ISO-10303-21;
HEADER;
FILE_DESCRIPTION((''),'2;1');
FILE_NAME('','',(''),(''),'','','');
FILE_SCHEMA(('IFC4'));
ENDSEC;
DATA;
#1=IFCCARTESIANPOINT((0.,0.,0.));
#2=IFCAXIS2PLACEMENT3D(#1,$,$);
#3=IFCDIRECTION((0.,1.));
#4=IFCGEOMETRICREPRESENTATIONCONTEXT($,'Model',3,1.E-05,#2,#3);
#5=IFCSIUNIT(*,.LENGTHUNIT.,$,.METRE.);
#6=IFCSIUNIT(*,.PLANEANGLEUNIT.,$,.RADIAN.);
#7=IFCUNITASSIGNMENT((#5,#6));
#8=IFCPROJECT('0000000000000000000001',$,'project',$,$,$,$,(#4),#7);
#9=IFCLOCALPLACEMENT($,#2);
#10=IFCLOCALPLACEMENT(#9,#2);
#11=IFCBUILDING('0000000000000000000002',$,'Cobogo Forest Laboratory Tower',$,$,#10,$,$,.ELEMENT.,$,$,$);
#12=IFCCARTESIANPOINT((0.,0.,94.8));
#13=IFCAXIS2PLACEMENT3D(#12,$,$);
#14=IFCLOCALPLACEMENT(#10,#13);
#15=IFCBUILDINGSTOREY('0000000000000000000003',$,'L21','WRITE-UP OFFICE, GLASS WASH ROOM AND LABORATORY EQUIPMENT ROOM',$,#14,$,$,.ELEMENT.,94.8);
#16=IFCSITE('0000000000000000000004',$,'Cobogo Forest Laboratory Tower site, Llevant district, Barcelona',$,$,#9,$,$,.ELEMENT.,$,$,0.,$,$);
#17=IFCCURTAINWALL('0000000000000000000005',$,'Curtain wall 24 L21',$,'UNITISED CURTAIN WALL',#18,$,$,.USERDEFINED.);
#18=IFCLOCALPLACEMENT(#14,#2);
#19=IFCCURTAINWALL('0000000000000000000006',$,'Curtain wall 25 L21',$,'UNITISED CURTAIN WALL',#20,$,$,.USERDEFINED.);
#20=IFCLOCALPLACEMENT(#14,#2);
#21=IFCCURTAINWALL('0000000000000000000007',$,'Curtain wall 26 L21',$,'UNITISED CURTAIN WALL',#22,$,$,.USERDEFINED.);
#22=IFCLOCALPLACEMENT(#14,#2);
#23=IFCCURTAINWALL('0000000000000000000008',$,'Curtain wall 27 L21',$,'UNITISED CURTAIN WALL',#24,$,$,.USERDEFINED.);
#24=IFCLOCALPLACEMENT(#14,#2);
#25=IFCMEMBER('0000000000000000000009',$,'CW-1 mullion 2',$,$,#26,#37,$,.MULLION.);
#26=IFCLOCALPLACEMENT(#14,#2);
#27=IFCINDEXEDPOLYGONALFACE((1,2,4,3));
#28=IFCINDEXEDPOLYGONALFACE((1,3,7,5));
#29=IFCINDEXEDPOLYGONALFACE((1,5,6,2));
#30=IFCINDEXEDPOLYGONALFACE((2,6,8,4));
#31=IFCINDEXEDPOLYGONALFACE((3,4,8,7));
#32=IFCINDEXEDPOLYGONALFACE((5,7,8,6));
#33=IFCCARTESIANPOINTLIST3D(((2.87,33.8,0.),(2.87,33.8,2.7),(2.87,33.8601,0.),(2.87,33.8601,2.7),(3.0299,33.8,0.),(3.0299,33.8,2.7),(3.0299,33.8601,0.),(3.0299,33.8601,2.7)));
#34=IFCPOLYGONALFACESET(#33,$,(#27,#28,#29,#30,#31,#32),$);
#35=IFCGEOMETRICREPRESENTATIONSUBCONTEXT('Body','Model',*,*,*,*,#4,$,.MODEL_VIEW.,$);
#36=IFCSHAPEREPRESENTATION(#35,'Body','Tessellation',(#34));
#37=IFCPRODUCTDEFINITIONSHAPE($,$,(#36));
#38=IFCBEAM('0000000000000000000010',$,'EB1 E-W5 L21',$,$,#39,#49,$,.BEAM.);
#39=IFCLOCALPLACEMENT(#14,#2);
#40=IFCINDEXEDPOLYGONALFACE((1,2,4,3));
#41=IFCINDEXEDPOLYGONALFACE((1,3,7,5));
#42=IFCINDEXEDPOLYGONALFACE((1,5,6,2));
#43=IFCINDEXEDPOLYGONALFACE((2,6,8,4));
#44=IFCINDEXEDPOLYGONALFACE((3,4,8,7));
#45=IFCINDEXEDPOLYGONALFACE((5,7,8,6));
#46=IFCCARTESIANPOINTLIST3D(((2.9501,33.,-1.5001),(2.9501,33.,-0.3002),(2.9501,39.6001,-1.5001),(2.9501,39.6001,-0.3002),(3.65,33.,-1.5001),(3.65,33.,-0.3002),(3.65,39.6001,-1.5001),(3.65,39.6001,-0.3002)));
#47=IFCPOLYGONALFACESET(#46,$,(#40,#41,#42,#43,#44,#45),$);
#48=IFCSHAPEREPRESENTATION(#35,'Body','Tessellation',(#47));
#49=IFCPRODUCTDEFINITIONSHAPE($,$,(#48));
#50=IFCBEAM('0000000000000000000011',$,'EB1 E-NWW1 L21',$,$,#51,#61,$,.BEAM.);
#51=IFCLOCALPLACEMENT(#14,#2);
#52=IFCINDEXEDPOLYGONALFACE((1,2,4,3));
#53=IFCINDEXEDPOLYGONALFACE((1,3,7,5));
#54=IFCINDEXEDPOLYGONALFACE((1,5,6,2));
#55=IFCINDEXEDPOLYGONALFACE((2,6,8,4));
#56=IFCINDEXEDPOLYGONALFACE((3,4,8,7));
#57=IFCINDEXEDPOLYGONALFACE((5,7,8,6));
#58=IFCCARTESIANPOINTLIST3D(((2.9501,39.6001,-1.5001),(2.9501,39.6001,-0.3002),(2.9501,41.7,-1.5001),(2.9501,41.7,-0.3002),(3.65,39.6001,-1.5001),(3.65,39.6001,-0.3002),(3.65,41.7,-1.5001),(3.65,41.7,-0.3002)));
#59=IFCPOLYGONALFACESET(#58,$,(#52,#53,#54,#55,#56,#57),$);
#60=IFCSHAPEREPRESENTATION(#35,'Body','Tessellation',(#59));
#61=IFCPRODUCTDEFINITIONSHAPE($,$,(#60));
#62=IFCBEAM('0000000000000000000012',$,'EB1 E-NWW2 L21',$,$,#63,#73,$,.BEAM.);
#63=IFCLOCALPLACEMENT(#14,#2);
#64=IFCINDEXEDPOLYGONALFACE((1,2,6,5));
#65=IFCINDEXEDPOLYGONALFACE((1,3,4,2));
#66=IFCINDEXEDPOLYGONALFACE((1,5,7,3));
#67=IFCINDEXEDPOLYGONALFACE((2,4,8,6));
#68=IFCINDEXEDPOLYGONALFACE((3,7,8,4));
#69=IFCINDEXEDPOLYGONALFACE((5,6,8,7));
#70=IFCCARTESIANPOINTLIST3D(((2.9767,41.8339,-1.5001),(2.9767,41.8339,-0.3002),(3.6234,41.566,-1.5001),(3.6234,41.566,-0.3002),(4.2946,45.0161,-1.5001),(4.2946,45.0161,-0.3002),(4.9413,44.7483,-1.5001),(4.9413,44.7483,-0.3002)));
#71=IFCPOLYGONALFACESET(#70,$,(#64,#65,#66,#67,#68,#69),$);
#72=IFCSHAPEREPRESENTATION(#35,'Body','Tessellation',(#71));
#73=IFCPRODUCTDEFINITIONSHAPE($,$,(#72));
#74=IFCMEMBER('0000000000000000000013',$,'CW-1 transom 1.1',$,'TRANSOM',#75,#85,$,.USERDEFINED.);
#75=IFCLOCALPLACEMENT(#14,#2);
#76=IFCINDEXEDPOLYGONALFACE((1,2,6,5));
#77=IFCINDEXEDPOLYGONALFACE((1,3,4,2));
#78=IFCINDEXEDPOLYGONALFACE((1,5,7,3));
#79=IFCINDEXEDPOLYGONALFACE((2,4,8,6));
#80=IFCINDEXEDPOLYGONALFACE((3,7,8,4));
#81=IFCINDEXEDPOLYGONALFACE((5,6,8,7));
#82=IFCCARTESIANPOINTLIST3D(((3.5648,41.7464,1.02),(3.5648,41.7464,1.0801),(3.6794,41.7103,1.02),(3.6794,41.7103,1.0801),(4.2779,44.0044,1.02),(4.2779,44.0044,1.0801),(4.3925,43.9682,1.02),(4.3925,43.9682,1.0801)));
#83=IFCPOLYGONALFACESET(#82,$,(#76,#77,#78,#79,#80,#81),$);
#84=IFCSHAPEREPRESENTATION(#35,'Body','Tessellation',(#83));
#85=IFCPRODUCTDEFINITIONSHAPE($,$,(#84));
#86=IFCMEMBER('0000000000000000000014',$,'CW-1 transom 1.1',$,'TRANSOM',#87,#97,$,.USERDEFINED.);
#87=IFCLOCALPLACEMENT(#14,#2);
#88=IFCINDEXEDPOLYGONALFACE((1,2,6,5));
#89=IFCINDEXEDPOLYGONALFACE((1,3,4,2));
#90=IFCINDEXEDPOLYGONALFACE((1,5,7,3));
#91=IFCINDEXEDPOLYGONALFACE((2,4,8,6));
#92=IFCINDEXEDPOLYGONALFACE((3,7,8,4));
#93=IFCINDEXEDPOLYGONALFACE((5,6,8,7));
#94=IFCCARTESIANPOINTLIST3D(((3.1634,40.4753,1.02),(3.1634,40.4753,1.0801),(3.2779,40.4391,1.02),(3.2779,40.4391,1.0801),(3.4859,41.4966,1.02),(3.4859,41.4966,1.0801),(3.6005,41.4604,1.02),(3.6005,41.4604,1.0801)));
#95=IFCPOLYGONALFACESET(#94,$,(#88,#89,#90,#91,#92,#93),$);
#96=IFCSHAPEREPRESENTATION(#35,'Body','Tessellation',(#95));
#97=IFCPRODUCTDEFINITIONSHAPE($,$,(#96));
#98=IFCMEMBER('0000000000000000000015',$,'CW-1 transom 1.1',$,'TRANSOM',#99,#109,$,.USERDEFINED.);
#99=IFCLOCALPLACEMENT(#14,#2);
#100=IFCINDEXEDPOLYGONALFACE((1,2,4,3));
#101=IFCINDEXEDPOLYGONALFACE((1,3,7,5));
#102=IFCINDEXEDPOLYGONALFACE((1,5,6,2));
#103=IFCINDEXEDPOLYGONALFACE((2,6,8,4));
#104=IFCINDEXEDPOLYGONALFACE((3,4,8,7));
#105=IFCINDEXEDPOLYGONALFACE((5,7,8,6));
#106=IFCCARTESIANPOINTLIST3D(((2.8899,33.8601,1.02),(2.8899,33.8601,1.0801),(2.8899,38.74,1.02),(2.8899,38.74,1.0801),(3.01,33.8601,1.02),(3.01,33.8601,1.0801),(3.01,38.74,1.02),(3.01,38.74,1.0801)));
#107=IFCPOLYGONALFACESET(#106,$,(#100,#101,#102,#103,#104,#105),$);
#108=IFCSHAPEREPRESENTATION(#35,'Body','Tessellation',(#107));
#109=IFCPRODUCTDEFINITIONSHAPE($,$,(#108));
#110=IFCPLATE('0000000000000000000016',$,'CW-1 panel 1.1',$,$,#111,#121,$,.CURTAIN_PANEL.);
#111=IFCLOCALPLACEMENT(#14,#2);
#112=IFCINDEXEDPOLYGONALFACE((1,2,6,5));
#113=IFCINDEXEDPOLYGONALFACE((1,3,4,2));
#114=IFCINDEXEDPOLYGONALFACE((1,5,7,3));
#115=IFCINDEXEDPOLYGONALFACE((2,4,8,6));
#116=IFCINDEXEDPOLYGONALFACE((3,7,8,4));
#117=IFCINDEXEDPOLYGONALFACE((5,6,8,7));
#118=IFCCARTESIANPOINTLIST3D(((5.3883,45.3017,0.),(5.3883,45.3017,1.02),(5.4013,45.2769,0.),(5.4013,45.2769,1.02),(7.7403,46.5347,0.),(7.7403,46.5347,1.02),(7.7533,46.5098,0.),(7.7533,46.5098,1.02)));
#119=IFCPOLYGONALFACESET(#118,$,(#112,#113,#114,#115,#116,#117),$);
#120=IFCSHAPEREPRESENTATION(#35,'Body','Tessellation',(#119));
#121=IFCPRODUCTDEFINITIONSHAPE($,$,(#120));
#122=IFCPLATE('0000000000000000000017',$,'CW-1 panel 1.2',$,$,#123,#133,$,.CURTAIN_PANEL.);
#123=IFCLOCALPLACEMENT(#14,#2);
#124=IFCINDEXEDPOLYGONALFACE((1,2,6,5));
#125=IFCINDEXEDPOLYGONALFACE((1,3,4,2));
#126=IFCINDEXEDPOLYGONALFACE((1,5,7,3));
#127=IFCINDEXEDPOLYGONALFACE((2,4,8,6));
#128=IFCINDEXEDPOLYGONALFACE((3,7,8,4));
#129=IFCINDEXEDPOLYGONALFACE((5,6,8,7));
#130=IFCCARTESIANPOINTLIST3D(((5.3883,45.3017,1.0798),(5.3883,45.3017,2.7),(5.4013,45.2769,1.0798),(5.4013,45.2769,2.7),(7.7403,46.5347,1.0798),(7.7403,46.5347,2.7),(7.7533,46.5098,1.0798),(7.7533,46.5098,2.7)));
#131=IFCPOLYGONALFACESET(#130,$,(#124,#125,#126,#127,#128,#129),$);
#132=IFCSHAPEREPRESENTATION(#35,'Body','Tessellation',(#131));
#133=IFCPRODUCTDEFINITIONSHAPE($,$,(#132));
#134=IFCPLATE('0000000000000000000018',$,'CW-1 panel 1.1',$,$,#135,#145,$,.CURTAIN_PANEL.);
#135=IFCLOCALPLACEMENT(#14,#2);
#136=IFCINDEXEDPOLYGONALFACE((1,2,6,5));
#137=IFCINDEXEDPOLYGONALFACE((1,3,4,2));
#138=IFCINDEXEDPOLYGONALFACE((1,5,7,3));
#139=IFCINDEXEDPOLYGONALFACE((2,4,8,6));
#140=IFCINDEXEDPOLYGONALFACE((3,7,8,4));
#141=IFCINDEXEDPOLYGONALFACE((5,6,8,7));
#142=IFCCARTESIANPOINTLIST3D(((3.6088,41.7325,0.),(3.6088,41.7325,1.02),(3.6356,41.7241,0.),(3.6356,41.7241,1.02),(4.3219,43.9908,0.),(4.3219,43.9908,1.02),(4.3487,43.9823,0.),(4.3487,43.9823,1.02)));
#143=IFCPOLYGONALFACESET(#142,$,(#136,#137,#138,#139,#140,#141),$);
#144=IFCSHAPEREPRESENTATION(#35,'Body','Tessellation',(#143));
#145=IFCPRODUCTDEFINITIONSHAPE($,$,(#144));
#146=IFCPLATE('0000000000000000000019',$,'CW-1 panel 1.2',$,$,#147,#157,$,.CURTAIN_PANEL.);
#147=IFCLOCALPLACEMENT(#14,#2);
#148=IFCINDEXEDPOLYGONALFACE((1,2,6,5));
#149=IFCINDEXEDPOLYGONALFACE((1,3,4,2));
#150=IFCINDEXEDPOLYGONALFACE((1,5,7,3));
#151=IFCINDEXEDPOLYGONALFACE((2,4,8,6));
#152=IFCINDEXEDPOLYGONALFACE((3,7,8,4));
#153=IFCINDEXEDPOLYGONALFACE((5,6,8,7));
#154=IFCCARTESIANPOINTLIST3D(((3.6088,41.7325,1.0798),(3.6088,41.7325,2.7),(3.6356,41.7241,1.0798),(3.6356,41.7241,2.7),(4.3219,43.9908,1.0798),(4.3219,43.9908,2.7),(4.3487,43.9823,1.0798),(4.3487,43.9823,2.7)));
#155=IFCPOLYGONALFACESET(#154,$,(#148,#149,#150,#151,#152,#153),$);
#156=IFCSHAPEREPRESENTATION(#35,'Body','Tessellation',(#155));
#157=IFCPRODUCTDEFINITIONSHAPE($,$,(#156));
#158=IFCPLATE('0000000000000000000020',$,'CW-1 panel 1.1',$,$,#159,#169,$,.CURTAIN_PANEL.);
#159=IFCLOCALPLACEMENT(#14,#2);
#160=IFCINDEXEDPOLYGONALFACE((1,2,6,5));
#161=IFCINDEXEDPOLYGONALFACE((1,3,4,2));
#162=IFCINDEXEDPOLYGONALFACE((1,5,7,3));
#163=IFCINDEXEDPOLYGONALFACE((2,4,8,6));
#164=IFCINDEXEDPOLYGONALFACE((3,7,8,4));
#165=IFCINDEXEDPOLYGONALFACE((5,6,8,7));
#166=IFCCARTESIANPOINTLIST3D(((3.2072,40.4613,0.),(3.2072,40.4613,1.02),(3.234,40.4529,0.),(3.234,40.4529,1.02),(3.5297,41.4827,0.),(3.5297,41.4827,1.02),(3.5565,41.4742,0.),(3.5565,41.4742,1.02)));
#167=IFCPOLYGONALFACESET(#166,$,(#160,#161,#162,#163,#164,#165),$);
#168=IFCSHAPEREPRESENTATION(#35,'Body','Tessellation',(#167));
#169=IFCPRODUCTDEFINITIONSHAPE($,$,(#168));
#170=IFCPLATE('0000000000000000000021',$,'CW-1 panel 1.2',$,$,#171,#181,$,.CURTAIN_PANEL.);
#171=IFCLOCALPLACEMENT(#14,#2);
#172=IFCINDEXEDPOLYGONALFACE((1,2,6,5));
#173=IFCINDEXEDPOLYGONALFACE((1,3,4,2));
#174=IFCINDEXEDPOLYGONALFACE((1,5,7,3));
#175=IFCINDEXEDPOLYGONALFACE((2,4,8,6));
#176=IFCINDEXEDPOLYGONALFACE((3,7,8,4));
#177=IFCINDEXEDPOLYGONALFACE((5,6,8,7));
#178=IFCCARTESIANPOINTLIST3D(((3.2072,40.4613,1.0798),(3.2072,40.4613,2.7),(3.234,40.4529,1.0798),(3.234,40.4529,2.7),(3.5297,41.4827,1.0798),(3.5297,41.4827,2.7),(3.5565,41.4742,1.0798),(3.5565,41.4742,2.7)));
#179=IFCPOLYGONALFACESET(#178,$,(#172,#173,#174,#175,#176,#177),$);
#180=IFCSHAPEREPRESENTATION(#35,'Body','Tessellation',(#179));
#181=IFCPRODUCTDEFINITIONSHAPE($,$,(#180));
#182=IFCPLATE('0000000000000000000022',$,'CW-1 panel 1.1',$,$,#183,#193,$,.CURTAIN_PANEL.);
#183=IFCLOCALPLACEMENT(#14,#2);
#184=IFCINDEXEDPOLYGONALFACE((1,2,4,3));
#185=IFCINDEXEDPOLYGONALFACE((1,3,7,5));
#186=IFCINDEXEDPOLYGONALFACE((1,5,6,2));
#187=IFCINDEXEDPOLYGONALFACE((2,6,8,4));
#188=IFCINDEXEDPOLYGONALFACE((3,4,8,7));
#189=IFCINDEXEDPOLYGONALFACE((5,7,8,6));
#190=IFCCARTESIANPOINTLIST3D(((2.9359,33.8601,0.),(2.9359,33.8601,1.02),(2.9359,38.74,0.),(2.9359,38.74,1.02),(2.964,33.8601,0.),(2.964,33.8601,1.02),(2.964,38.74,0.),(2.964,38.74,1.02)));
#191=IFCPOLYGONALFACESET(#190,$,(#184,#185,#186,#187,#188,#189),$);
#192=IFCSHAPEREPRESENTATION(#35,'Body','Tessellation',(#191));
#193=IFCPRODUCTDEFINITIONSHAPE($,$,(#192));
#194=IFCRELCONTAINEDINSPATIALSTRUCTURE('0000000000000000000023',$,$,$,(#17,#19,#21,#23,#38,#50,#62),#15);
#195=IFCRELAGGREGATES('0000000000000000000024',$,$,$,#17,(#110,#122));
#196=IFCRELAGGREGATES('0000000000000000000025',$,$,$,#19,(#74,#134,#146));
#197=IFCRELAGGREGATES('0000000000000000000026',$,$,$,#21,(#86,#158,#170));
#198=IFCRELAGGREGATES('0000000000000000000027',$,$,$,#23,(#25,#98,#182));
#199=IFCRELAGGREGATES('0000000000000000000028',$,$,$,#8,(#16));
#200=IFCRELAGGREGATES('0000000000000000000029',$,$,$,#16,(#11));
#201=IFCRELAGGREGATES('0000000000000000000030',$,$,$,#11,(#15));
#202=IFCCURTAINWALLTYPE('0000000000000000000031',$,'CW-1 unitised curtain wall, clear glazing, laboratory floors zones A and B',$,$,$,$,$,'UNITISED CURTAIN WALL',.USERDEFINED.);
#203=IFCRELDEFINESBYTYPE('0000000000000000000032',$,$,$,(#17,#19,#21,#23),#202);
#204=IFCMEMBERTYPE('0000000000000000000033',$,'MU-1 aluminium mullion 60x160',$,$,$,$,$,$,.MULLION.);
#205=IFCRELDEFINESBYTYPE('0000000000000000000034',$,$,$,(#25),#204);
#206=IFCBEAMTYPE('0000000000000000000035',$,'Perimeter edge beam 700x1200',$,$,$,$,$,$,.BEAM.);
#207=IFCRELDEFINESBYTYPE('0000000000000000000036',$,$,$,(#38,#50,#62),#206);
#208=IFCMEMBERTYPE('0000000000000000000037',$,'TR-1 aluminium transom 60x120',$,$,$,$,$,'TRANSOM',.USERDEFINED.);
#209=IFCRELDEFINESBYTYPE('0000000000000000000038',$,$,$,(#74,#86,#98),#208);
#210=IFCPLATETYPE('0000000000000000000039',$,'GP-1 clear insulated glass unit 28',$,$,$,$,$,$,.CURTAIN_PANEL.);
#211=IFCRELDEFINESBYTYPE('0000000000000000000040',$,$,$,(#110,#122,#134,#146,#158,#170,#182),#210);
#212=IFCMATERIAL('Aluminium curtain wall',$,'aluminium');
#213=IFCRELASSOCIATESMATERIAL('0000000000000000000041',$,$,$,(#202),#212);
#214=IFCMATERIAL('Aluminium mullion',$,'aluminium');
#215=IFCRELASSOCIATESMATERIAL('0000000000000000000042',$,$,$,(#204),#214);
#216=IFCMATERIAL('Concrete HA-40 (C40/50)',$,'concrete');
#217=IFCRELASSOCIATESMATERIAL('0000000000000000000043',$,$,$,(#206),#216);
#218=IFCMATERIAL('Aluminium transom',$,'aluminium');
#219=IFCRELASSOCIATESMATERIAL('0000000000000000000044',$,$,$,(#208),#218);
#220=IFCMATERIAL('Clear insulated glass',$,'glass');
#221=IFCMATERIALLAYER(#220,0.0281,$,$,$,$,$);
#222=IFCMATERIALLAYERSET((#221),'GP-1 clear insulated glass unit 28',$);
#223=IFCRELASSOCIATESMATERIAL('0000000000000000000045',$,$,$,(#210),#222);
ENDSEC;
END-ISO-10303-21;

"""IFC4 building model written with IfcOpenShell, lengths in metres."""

from ifc_helpers import new_model, si_unit, direction, frame, origin, origin_2d, place, context, subcontext, project, spatial, rectangle, extrude, material, layer, layer_set, material_profile, profile_set, type_object, element, aggregate, save


model = new_model("IFC4")

# Units and contexts
model_context = context("Model", 3, precision=1e-05, world=origin(), true_north=direction((0.0, 1.0)))
body_context = subcontext(model_context, "Body", "Model", "MODEL_VIEW")
ifc_project = project(units=[si_unit("LENGTHUNIT", "METRE"), si_unit("PLANEANGLEUNIT", "RADIAN")], contexts=[model_context])

# Site, building, storey
site_placement = place(None, origin())
site = spatial("IfcSite", under=ifc_project, at=site_placement, Name="Cobogo Forest Laboratory Tower site, Llevant district, Barcelona", CompositionType="ELEMENT", RefElevation=0.0)
building_placement = place(site_placement, origin())
building = spatial("IfcBuilding", under=site, at=building_placement, Name="Cobogo Forest Laboratory Tower", CompositionType="ELEMENT")
storey_placement = place(building_placement, frame((0.0, 0.0, 94.8)))
storey = spatial("IfcBuildingStorey", under=building, at=storey_placement, Name="L21", Description="WRITE-UP OFFICE, GLASS WASH ROOM AND LABORATORY EQUIPMENT ROOM", CompositionType="ELEMENT", Elevation=94.8)

# Shared definitions
ifc_material_1 = material(Name="Concrete HA-40 (C40/50)", Category="concrete")

# Curtain wall
ifc_material_2 = material(Name="Aluminium curtain wall", Category="aluminium")
curtain_wall_type = type_object("IfcCurtainWallType", Name="CW-1 unitised curtain wall, clear glazing, laboratory floors zones A and B", ElementType="UNITISED CURTAIN WALL", PredefinedType="USERDEFINED", material=ifc_material_2)
curtain_wall_1_placement = place(storey_placement, origin())
curtain_wall_1 = element("IfcCurtainWall", 1, at=curtain_wall_1_placement, inside=storey, type_object=curtain_wall_type, Name="Curtain wall 24 L21", ObjectType="UNITISED CURTAIN WALL", PredefinedType="USERDEFINED")
ifc_material_3 = material(Name="Aluminium mullion", Category="aluminium")
ifc_material_profile_1 = material_profile(ifc_material_3, rectangle(XDim=0.0601, YDim=0.1599, at=origin_2d()), Name="AL 60x160")
ifc_profile_set_1 = profile_set([ifc_material_profile_1], Name="Aluminium mullion")
member_type_1 = type_object("IfcMemberType", Name="MU-1 aluminium mullion 60x160", PredefinedType="MULLION", material=ifc_profile_set_1)

# Curtain walls, member
curtain_wall_2_placement = place(storey_placement, origin())
curtain_wall_2 = element("IfcCurtainWall", 2, at=curtain_wall_2_placement, inside=storey, type_object=curtain_wall_type, Name="Curtain wall 25 L21", ObjectType="UNITISED CURTAIN WALL", PredefinedType="USERDEFINED")
curtain_wall_3_placement = place(storey_placement, origin())
curtain_wall_3 = element("IfcCurtainWall", 3, at=curtain_wall_3_placement, inside=storey, type_object=curtain_wall_type, Name="Curtain wall 26 L21", ObjectType="UNITISED CURTAIN WALL", PredefinedType="USERDEFINED")
curtain_wall_4_placement = place(storey_placement, origin())
curtain_wall_4 = element("IfcCurtainWall", 4, at=curtain_wall_4_placement, inside=storey, type_object=curtain_wall_type, Name="Curtain wall 27 L21", ObjectType="UNITISED CURTAIN WALL", PredefinedType="USERDEFINED")
member_1_placement = place(storey_placement, frame((2.95, 33.8301, 0.0), z_axis=(0.0, 0.0, 1.0), x_axis=(0.0, -1.0, 0.0)))
member_1 = element("IfcMember", 5, at=member_1_placement, type_object=member_type_1, Name="CW-1 mullion 2", PredefinedType="MULLION", context=body_context, shape_type="SweptSolid", body=[
    extrude(rectangle(XDim=0.0601, YDim=0.1599, at=origin_2d()), origin(), (0.0, 0.0, 1.0), 2.7),
])

# Beams
ifc_material_profile_2 = material_profile(ifc_material_1, rectangle(XDim=0.7, YDim=1.2, at=origin_2d()), Name="RC 700x1200")
ifc_profile_set_2 = profile_set([ifc_material_profile_2], Name="Concrete HA-40 (C40/50)")
beam_type_1 = type_object("IfcBeamType", Name="Perimeter edge beam 700x1200", PredefinedType="BEAM", material=ifc_profile_set_2)
beam_1_placement = place(storey_placement, frame((3.3, 33.0, -0.9001), z_axis=(0.0, 1.0, 0.0), x_axis=(-1.0, 0.0, 0.0)))
element("IfcBeam", 6, at=beam_1_placement, inside=storey, type_object=beam_type_1, Name="EB1 E-W5 L21", PredefinedType="BEAM", context=body_context, shape_type="SweptSolid", body=[
    extrude(rectangle(XDim=0.7, YDim=1.2, at=origin_2d()), origin(), (0.0, 0.0, 1.0), 6.6001),
])
beam_2_placement = place(storey_placement, frame((3.3, 39.6001, -0.9001), z_axis=(0.0, 1.0, 0.0), x_axis=(-1.0, 0.0, 0.0)))
element("IfcBeam", 7, at=beam_2_placement, inside=storey, type_object=beam_type_1, Name="EB1 E-NWW1 L21", PredefinedType="BEAM", context=body_context, shape_type="SweptSolid", body=[
    extrude(rectangle(XDim=0.7, YDim=1.2, at=origin_2d()), origin(), (0.0, 0.0, 1.0), 2.0999),
])
beam_3_placement = place(storey_placement, frame((3.3, 41.7, -0.9001), z_axis=(0.382631, 0.923901, 0.0), x_axis=(-0.923901, 0.382631, 0.0)))
element("IfcBeam", 8, at=beam_3_placement, inside=storey, type_object=beam_type_1, Name="EB1 E-NWW2 L21", PredefinedType="BEAM", context=body_context, shape_type="SweptSolid", body=[
    extrude(rectangle(XDim=0.7, YDim=1.2, at=origin_2d()), origin(), (0.0, 0.0, 1.0), 3.4443),
])

# Members
ifc_material_4 = material(Name="Aluminium transom", Category="aluminium")
ifc_material_profile_3 = material_profile(ifc_material_4, rectangle(XDim=0.1201, YDim=0.0601, at=origin_2d()), Name="AL 60x120")
ifc_profile_set_3 = profile_set([ifc_material_profile_3], Name="Aluminium transom")
member_type_2 = type_object("IfcMemberType", Name="TR-1 aluminium transom 60x120", ElementType="TRANSOM", PredefinedType="USERDEFINED", material=ifc_profile_set_3)
member_2_placement = place(storey_placement, frame((4.3352, 43.9863, 1.05), z_axis=(-0.301156, -0.953575, 0.0), x_axis=(0.953575, -0.301156, 0.0)))
member_2 = element("IfcMember", 9, at=member_2_placement, type_object=member_type_2, Name="CW-1 transom 1.1", ObjectType="TRANSOM", PredefinedType="USERDEFINED", context=body_context, shape_type="SweptSolid", body=[
    extrude(rectangle(XDim=0.1201, YDim=0.0601, at=origin_2d()), origin(), (0.0, 0.0, 1.0), 2.3679),
])
member_3_placement = place(storey_placement, frame((3.5432, 41.4785, 1.05), z_axis=(-0.301142, -0.953579, 0.0), x_axis=(0.953579, -0.301142, 0.0)))
member_3 = element("IfcMember", 10, at=member_3_placement, type_object=member_type_2, Name="CW-1 transom 1.1", ObjectType="TRANSOM", PredefinedType="USERDEFINED", context=body_context, shape_type="SweptSolid", body=[
    extrude(rectangle(XDim=0.1201, YDim=0.0601, at=origin_2d()), origin(), (0.0, 0.0, 1.0), 1.071),
])
member_4_placement = place(storey_placement, frame((2.95, 38.74, 1.05), z_axis=(0.0, -1.0, 0.0), x_axis=(1.0, 0.0, 0.0)))
member_4 = element("IfcMember", 11, at=member_4_placement, type_object=member_type_2, Name="CW-1 transom 1.1", ObjectType="TRANSOM", PredefinedType="USERDEFINED", context=body_context, shape_type="SweptSolid", body=[
    extrude(rectangle(XDim=0.1201, YDim=0.0601, at=origin_2d()), origin(), (0.0, 0.0, 1.0), 4.8799),
])

# Plates
ifc_material_5 = material(Name="Clear insulated glass", Category="glass")
ifc_layer_1 = layer(ifc_material_5, 0.0281)
ifc_layer_set_1 = layer_set([ifc_layer_1], Name="GP-1 clear insulated glass unit 28")
plate_type_1 = type_object("IfcPlateType", Name="GP-1 clear insulated glass unit 28", PredefinedType="CURTAIN_PANEL", material=ifc_layer_set_1)
plate_1_placement = place(storey_placement, frame((6.5708, 45.9058, 0.0), z_axis=(0.0, 0.0, 1.0), x_axis=(-0.885687, -0.464284, 0.0)))
plate_1 = element("IfcPlate", 12, at=plate_1_placement, type_object=plate_type_1, Name="CW-1 panel 1.1", PredefinedType="CURTAIN_PANEL", context=body_context, shape_type="SweptSolid", body=[
    extrude(rectangle(XDim=2.6555, YDim=0.0281, at=origin_2d()), origin(), (0.0, 0.0, 1.0), 1.02),
])
plate_2_placement = place(storey_placement, frame((6.5708, 45.9058, 1.0798), z_axis=(0.0, 0.0, 1.0), x_axis=(-0.885687, -0.464284, 0.0)))
plate_2 = element("IfcPlate", 13, at=plate_2_placement, type_object=plate_type_1, Name="CW-1 panel 1.2", PredefinedType="CURTAIN_PANEL", context=body_context, shape_type="SweptSolid", body=[
    extrude(rectangle(XDim=2.6555, YDim=0.0281, at=origin_2d()), origin(), (0.0, 0.0, 1.0), 1.6201),
])
aggregate(curtain_wall_1, [plate_1, plate_2])
plate_3_placement = place(storey_placement, frame((3.9788, 42.8574, 0.0), z_axis=(0.0, 0.0, 1.0), x_axis=(-0.301135, -0.953581, 0.0)))
plate_3 = element("IfcPlate", 14, at=plate_3_placement, type_object=plate_type_1, Name="CW-1 panel 1.1", PredefinedType="CURTAIN_PANEL", context=body_context, shape_type="SweptSolid", body=[
    extrude(rectangle(XDim=2.3682, YDim=0.0281, at=origin_2d()), origin(), (0.0, 0.0, 1.0), 1.02),
])
plate_4_placement = place(storey_placement, frame((3.9788, 42.8574, 1.0798), z_axis=(0.0, 0.0, 1.0), x_axis=(-0.301135, -0.953581, 0.0)))
plate_4 = element("IfcPlate", 15, at=plate_4_placement, type_object=plate_type_1, Name="CW-1 panel 1.2", PredefinedType="CURTAIN_PANEL", context=body_context, shape_type="SweptSolid", body=[
    extrude(rectangle(XDim=2.3682, YDim=0.0281, at=origin_2d()), origin(), (0.0, 0.0, 1.0), 1.6201),
])
aggregate(curtain_wall_2, [member_2, plate_3, plate_4])
plate_5_placement = place(storey_placement, frame((3.3818, 40.9678, 0.0), z_axis=(0.0, 0.0, 1.0), x_axis=(-0.301136, -0.953581, 0.0)))
plate_5 = element("IfcPlate", 16, at=plate_5_placement, type_object=plate_type_1, Name="CW-1 panel 1.1", PredefinedType="CURTAIN_PANEL", context=body_context, shape_type="SweptSolid", body=[
    extrude(rectangle(XDim=1.071, YDim=0.0281, at=origin_2d()), origin(), (0.0, 0.0, 1.0), 1.02),
])
plate_6_placement = place(storey_placement, frame((3.3818, 40.9678, 1.0798), z_axis=(0.0, 0.0, 1.0), x_axis=(-0.301136, -0.953581, 0.0)))
plate_6 = element("IfcPlate", 17, at=plate_6_placement, type_object=plate_type_1, Name="CW-1 panel 1.2", PredefinedType="CURTAIN_PANEL", context=body_context, shape_type="SweptSolid", body=[
    extrude(rectangle(XDim=1.071, YDim=0.0281, at=origin_2d()), origin(), (0.0, 0.0, 1.0), 1.6201),
])
aggregate(curtain_wall_3, [member_3, plate_5, plate_6])
plate_7_placement = place(storey_placement, frame((2.95, 36.3, 0.0), z_axis=(0.0, 0.0, 1.0), x_axis=(0.0, -1.0, 0.0)))
plate_7 = element("IfcPlate", 18, at=plate_7_placement, type_object=plate_type_1, Name="CW-1 panel 1.1", PredefinedType="CURTAIN_PANEL", context=body_context, shape_type="SweptSolid", body=[
    extrude(rectangle(XDim=4.8799, YDim=0.0281, at=origin_2d()), origin(), (0.0, 0.0, 1.0), 1.02),
])
aggregate(curtain_wall_4, [member_1, member_4, plate_7])

save(model, "model.ifc")
